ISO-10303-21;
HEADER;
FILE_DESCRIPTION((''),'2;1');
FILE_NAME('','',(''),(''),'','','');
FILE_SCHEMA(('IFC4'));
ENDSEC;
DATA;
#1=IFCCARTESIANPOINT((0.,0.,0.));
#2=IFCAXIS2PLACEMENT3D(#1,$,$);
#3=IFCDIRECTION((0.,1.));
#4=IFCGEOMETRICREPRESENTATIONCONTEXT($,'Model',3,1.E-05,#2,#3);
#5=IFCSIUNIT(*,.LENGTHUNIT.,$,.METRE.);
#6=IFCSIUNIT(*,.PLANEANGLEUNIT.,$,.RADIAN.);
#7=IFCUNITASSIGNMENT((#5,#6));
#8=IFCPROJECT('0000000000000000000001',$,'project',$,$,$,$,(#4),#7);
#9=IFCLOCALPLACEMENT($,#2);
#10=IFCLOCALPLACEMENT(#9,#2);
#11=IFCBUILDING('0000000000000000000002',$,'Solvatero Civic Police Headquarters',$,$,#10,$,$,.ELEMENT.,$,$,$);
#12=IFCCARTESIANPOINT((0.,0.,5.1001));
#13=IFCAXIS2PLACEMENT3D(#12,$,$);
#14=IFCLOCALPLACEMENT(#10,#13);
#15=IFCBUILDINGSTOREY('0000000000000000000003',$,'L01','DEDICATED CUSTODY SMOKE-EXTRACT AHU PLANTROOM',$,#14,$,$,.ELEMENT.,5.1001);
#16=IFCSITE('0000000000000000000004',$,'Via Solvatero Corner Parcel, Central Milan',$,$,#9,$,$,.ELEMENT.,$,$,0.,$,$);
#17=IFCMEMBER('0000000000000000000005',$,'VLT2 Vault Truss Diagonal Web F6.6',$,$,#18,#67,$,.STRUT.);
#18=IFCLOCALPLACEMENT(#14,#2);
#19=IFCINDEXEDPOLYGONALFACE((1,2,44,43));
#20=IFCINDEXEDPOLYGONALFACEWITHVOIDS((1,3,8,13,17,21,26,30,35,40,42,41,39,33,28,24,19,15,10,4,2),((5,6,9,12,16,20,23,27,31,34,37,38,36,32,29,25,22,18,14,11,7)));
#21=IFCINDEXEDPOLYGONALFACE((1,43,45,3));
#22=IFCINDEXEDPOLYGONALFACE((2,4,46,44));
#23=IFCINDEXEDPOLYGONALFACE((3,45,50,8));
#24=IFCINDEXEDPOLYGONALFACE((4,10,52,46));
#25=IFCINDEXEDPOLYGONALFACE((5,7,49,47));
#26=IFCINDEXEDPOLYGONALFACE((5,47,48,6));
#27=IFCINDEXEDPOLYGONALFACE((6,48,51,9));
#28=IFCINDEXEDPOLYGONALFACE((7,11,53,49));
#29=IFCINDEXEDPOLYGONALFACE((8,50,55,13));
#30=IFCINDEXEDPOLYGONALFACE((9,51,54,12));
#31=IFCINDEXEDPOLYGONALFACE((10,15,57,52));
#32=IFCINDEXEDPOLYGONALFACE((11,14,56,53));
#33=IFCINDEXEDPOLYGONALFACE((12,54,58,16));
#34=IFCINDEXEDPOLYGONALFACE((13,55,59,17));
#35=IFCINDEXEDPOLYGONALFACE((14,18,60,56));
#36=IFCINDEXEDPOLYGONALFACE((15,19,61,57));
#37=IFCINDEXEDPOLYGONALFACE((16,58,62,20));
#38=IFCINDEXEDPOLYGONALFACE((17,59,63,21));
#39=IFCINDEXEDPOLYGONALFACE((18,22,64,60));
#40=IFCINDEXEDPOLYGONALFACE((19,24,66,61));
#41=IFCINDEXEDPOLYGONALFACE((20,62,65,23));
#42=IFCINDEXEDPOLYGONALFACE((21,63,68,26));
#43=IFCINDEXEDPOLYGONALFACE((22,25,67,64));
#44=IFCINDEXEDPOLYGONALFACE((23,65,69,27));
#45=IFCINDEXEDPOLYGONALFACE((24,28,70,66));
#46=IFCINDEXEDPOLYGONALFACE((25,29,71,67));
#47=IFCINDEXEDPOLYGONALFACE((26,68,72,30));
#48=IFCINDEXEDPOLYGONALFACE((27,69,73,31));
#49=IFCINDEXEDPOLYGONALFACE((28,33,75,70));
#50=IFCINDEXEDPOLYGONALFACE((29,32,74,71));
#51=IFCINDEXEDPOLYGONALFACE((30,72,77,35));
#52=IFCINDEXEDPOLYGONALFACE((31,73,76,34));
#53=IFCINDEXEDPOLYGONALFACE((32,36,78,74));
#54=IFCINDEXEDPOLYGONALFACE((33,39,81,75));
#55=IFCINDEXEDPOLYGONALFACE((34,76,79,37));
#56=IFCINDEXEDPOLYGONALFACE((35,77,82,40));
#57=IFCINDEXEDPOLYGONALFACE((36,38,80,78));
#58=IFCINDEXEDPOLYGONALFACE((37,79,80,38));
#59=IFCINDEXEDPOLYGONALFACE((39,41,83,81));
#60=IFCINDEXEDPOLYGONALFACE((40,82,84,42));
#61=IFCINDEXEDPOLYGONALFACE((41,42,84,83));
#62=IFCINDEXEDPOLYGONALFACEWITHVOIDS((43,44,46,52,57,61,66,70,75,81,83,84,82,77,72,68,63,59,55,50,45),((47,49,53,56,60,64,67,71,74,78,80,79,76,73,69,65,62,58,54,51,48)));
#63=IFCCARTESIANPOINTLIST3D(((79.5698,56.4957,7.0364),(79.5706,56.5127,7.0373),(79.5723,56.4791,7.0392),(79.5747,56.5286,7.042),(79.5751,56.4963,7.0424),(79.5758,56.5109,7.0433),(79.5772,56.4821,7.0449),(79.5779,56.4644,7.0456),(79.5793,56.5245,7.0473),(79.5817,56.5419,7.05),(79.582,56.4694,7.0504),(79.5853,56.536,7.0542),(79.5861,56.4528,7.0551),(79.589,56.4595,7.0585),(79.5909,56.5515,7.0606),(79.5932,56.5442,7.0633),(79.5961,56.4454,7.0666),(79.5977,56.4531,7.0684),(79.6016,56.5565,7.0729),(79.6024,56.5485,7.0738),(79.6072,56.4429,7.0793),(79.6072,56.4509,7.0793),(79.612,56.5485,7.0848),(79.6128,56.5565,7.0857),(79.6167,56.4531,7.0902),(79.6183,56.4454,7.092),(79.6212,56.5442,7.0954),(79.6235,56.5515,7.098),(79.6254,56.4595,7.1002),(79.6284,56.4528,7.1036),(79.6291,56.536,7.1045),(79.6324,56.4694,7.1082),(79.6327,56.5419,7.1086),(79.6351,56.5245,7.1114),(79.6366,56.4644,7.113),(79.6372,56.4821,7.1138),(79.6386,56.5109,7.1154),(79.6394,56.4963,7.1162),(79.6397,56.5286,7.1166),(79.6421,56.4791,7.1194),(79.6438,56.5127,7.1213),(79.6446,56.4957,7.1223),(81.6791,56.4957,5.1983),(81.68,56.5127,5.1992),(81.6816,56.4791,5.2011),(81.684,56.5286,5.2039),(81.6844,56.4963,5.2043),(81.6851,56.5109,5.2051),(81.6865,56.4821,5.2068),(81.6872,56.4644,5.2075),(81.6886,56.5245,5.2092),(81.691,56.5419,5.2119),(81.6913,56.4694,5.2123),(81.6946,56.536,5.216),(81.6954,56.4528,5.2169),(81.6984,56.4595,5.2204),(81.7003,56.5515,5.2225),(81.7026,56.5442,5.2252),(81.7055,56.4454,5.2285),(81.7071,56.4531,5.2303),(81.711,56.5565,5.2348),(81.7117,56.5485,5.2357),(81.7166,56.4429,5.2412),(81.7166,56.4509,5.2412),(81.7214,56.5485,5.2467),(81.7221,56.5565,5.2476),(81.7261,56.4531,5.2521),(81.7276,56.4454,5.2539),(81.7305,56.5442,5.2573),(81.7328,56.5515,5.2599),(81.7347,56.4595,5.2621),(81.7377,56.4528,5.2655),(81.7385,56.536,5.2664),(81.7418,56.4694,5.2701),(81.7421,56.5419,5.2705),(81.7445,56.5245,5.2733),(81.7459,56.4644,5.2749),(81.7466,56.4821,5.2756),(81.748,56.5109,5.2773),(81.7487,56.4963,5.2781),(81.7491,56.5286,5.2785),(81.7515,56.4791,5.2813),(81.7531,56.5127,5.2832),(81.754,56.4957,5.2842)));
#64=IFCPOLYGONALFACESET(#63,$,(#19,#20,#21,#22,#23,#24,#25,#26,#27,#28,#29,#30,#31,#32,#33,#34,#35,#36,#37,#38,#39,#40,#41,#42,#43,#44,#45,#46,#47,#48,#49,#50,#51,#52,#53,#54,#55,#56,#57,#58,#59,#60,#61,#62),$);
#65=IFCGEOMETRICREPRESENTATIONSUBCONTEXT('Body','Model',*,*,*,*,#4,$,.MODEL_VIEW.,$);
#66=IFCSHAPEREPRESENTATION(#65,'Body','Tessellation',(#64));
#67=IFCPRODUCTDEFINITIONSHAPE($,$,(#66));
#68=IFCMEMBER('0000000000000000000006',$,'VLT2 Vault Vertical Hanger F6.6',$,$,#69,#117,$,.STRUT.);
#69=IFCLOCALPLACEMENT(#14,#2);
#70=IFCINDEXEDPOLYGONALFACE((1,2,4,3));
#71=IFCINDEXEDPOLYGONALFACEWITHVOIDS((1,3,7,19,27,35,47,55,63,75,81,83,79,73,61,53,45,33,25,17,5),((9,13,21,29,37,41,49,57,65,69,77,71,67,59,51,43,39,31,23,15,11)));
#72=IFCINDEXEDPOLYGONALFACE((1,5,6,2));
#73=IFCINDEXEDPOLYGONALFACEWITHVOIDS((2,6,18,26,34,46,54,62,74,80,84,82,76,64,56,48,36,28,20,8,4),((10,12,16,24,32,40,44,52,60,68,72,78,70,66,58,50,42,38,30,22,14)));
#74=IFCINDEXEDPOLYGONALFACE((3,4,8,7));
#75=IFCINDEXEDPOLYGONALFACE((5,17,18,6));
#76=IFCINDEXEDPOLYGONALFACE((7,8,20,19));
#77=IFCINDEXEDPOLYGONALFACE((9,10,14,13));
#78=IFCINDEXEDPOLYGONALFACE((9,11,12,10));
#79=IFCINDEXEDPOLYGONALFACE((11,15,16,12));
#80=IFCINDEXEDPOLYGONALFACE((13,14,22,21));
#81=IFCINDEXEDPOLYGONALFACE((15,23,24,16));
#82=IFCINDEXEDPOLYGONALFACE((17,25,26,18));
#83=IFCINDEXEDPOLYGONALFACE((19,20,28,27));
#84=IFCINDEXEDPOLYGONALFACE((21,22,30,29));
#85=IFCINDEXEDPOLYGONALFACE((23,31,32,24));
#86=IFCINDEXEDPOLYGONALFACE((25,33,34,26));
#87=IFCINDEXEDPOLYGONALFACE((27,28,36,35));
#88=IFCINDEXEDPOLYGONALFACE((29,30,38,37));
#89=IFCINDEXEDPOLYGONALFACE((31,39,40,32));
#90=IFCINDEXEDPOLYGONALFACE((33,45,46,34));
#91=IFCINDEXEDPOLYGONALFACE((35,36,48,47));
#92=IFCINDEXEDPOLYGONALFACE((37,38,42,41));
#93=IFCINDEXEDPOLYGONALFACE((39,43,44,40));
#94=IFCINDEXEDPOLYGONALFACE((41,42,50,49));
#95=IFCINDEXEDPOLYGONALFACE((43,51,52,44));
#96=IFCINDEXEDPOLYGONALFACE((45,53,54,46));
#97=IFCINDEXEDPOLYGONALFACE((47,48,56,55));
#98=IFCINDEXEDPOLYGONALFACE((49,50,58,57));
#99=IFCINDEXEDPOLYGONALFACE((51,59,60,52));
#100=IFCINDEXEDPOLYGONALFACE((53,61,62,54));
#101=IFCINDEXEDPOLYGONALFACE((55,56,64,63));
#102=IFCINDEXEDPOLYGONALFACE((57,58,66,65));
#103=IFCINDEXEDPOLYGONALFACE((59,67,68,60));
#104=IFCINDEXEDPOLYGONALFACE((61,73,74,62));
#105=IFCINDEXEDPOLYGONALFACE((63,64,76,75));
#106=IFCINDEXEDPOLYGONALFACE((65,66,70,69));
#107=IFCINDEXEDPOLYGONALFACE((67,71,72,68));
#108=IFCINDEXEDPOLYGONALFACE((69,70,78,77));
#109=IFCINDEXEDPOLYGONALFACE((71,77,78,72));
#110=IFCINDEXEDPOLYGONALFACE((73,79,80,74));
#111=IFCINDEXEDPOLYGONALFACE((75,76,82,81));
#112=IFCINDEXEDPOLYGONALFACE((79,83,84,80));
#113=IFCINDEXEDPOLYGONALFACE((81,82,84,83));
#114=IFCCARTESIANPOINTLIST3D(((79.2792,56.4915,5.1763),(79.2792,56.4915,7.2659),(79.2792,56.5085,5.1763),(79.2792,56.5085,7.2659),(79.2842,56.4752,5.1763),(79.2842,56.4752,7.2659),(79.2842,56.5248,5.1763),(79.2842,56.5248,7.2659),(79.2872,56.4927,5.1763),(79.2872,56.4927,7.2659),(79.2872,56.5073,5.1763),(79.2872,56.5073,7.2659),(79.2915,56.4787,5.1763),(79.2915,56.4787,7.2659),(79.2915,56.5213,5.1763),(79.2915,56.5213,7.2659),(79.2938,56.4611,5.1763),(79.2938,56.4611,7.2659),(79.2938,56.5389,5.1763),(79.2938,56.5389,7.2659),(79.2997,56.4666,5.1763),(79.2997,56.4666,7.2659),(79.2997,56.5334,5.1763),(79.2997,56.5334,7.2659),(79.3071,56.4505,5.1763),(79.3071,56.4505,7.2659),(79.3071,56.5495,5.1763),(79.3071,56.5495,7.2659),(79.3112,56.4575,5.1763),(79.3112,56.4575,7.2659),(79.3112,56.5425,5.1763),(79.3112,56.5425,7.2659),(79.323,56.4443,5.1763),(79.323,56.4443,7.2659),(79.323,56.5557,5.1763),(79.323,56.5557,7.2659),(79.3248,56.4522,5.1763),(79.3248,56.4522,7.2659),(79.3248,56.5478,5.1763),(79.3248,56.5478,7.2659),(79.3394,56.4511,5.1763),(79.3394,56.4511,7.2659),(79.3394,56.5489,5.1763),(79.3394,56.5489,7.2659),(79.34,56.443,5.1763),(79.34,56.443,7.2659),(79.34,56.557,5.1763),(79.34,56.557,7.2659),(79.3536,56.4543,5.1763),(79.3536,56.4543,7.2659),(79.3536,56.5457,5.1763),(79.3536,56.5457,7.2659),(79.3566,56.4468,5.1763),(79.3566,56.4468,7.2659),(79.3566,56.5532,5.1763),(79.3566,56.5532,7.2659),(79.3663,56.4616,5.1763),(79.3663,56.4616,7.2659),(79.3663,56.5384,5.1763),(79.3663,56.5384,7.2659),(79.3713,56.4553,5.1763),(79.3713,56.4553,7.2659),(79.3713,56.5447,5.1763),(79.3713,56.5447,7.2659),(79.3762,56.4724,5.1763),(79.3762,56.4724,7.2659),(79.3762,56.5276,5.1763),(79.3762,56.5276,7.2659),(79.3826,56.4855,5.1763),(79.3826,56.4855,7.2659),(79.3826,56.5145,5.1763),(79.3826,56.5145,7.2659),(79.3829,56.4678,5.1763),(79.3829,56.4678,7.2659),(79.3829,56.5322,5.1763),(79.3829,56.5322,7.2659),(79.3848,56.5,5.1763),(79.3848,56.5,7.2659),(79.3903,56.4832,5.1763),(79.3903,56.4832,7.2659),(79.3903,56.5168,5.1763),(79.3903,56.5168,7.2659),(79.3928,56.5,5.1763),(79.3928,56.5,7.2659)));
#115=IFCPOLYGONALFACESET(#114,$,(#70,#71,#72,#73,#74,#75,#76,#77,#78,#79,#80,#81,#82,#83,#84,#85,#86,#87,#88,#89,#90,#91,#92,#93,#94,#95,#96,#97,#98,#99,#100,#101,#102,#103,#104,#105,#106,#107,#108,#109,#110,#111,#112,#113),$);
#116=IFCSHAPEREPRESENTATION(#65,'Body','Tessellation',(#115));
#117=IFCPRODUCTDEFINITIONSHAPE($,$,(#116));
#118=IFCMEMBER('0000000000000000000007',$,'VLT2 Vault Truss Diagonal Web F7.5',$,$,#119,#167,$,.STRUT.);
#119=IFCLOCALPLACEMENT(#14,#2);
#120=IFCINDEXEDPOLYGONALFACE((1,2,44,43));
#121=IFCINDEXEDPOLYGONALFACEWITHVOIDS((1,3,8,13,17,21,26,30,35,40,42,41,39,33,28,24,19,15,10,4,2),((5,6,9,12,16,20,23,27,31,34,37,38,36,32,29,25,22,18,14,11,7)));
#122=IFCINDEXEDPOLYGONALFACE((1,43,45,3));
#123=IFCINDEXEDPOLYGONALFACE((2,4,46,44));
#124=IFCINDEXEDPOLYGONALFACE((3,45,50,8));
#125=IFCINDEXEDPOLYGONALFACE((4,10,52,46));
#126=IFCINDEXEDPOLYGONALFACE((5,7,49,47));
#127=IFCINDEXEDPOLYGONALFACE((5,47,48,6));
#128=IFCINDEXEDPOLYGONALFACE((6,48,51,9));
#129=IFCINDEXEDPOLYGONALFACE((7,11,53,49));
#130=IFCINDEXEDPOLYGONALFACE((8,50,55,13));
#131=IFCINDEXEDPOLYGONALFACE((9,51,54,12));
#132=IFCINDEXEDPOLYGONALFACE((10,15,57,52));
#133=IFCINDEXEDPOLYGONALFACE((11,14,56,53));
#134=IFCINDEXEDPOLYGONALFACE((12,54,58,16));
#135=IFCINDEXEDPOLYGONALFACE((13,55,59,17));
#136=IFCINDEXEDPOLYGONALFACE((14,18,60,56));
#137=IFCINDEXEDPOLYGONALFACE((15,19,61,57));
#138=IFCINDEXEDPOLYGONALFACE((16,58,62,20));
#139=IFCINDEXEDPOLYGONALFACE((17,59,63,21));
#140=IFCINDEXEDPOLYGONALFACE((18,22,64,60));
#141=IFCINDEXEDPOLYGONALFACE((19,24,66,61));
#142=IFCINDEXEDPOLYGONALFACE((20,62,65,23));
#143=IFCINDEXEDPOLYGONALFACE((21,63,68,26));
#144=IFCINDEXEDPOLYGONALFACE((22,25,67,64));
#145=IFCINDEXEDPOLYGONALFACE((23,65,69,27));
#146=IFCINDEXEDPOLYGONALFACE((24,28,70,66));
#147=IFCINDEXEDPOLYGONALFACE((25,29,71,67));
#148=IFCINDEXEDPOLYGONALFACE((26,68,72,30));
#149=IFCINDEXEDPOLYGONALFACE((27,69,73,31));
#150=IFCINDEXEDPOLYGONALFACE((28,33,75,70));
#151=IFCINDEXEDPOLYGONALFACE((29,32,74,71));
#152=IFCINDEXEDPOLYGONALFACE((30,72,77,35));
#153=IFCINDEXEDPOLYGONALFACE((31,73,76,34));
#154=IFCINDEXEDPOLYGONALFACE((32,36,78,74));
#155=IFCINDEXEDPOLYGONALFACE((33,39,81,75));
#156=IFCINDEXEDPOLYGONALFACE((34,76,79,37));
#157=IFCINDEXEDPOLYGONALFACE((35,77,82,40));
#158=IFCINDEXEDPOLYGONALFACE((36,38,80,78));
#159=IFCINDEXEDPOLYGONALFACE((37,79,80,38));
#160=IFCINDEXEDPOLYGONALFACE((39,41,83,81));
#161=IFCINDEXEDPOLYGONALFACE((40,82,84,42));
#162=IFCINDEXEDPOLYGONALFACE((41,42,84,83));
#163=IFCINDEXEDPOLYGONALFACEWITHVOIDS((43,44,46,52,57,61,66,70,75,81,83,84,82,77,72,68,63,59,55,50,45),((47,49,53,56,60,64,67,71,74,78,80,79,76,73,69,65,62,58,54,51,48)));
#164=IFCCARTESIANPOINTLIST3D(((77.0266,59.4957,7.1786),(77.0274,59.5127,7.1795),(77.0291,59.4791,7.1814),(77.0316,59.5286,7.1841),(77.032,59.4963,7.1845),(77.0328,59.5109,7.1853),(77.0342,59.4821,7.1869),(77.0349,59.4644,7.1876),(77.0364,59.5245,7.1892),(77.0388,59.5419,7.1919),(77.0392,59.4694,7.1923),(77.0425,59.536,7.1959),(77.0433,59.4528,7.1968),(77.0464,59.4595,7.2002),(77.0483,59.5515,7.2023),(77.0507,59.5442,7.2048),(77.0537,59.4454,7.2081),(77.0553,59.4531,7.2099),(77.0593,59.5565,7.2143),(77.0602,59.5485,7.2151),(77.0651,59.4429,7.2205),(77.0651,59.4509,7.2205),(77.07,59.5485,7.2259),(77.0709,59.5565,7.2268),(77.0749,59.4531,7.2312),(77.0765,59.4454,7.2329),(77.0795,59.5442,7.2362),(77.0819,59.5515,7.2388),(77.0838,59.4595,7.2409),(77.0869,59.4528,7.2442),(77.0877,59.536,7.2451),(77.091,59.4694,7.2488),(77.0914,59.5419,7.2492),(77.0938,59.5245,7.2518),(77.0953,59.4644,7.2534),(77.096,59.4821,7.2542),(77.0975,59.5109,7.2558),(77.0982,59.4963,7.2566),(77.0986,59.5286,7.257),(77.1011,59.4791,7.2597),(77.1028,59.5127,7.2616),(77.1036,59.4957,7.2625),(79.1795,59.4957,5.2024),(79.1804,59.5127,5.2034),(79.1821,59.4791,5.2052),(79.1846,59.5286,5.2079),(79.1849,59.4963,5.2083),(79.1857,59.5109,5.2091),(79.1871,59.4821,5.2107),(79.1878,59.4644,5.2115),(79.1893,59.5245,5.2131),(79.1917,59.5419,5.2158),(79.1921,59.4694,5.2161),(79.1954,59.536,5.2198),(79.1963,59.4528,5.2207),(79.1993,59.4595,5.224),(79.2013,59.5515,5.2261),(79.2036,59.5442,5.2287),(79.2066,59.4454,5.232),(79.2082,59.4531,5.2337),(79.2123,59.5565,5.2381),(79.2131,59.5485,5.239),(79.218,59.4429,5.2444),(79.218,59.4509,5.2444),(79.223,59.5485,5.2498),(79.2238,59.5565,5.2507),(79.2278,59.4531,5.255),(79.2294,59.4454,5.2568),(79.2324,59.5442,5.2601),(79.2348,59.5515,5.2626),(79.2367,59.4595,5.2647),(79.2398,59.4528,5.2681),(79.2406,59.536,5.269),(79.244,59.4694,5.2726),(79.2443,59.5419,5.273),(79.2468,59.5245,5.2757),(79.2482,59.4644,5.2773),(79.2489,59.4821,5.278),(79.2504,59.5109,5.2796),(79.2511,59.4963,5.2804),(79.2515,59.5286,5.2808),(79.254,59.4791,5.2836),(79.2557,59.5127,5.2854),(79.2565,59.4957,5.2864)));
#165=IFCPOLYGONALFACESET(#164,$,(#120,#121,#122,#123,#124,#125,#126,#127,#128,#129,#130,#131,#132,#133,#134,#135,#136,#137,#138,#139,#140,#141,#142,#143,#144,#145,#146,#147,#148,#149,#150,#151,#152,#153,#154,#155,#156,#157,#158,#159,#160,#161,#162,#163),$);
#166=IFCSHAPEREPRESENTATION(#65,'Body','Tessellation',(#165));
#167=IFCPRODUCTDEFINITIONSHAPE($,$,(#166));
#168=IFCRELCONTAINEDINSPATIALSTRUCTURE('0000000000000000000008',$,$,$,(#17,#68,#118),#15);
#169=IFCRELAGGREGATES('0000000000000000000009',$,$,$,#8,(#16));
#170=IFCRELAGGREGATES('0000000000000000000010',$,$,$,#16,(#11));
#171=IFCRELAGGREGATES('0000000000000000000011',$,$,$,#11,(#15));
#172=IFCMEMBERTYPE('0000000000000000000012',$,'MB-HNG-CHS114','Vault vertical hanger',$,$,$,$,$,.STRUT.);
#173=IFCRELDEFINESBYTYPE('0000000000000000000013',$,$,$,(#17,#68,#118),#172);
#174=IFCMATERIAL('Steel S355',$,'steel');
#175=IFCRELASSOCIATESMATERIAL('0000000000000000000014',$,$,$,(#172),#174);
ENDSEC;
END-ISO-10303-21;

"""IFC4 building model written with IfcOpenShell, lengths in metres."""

from ifc_helpers import new_model, si_unit, direction, frame, origin, origin_2d, place, context, subcontext, project, spatial, hollow_circle, extrude, material, material_profile, profile_set, type_object, element, save


model = new_model("IFC4")

# Units and contexts
model_context = context("Model", 3, precision=1e-05, world=origin(), true_north=direction((0.0, 1.0)))
body_context = subcontext(model_context, "Body", "Model", "MODEL_VIEW")
ifc_project = project(units=[si_unit("LENGTHUNIT", "METRE"), si_unit("PLANEANGLEUNIT", "RADIAN")], contexts=[model_context])

# Site, building, storey
site_placement = place(None, origin())
site = spatial("IfcSite", under=ifc_project, at=site_placement, Name="Via Solvatero Corner Parcel, Central Milan", CompositionType="ELEMENT", RefElevation=0.0)
building_placement = place(site_placement, origin())
building = spatial("IfcBuilding", under=site, at=building_placement, Name="Solvatero Civic Police Headquarters", CompositionType="ELEMENT")
storey_placement = place(building_placement, frame((0.0, 0.0, 5.1001)))
storey = spatial("IfcBuildingStorey", under=building, at=storey_placement, Name="L01", Description="DEDICATED CUSTODY SMOKE-EXTRACT AHU PLANTROOM", CompositionType="ELEMENT", Elevation=5.1001)

# Shared definitions
ifc_material_1 = material(Name="Steel S355", Category="steel")

# Members
ifc_material_profile_1 = material_profile(ifc_material_1, hollow_circle(Radius=0.0571, WallThickness=0.0081, at=origin_2d()), Name="CHS 114.3x8.0")
ifc_profile_set_1 = profile_set([ifc_material_profile_1], Name="Steel S355")
member_type_1 = type_object("IfcMemberType", Name="MB-HNG-CHS114", Description="Vault vertical hanger", PredefinedType="STRUT", material=ifc_profile_set_1)
member_1_placement = place(storey_placement, frame((81.7166, 56.5, 5.2412), z_axis=(-0.753916, 0.0, 0.656971), x_axis=(0.0, -1.0, 0.0)))
element("IfcMember", 1, at=member_1_placement, inside=storey, type_object=member_type_1, Name="VLT2 Vault Truss Diagonal Web F6.6", PredefinedType="STRUT", context=body_context, shape_type="SweptSolid", body=[
    extrude(hollow_circle(Radius=0.0571, WallThickness=0.0081, at=origin_2d()), origin(), (0.0, 0.0, 1.0), 2.7979),
])
member_2_placement = place(storey_placement, frame((79.3357, 56.5, 5.1763), z_axis=(0.0, 0.0, 1.0), x_axis=(1.0, 0.0, 0.0)))
element("IfcMember", 2, at=member_2_placement, inside=storey, type_object=member_type_1, Name="VLT2 Vault Vertical Hanger F6.6", PredefinedType="STRUT", context=body_context, shape_type="SweptSolid", body=[
    extrude(hollow_circle(Radius=0.0571, WallThickness=0.0081, at=origin_2d()), origin(), (0.0, 0.0, 1.0), 2.0896),
])
member_3_placement = place(storey_placement, frame((79.218, 59.5, 5.2444), z_axis=(-0.736703, 0.0, 0.676216), x_axis=(0.0, -1.0, 0.0)))
element("IfcMember", 3, at=member_3_placement, inside=storey, type_object=member_type_1, Name="VLT2 Vault Truss Diagonal Web F7.5", PredefinedType="STRUT", context=body_context, shape_type="SweptSolid", body=[
    extrude(hollow_circle(Radius=0.0571, WallThickness=0.0081, at=origin_2d()), origin(), (0.0, 0.0, 1.0), 2.9224),
])

save(model, "model.ifc")
